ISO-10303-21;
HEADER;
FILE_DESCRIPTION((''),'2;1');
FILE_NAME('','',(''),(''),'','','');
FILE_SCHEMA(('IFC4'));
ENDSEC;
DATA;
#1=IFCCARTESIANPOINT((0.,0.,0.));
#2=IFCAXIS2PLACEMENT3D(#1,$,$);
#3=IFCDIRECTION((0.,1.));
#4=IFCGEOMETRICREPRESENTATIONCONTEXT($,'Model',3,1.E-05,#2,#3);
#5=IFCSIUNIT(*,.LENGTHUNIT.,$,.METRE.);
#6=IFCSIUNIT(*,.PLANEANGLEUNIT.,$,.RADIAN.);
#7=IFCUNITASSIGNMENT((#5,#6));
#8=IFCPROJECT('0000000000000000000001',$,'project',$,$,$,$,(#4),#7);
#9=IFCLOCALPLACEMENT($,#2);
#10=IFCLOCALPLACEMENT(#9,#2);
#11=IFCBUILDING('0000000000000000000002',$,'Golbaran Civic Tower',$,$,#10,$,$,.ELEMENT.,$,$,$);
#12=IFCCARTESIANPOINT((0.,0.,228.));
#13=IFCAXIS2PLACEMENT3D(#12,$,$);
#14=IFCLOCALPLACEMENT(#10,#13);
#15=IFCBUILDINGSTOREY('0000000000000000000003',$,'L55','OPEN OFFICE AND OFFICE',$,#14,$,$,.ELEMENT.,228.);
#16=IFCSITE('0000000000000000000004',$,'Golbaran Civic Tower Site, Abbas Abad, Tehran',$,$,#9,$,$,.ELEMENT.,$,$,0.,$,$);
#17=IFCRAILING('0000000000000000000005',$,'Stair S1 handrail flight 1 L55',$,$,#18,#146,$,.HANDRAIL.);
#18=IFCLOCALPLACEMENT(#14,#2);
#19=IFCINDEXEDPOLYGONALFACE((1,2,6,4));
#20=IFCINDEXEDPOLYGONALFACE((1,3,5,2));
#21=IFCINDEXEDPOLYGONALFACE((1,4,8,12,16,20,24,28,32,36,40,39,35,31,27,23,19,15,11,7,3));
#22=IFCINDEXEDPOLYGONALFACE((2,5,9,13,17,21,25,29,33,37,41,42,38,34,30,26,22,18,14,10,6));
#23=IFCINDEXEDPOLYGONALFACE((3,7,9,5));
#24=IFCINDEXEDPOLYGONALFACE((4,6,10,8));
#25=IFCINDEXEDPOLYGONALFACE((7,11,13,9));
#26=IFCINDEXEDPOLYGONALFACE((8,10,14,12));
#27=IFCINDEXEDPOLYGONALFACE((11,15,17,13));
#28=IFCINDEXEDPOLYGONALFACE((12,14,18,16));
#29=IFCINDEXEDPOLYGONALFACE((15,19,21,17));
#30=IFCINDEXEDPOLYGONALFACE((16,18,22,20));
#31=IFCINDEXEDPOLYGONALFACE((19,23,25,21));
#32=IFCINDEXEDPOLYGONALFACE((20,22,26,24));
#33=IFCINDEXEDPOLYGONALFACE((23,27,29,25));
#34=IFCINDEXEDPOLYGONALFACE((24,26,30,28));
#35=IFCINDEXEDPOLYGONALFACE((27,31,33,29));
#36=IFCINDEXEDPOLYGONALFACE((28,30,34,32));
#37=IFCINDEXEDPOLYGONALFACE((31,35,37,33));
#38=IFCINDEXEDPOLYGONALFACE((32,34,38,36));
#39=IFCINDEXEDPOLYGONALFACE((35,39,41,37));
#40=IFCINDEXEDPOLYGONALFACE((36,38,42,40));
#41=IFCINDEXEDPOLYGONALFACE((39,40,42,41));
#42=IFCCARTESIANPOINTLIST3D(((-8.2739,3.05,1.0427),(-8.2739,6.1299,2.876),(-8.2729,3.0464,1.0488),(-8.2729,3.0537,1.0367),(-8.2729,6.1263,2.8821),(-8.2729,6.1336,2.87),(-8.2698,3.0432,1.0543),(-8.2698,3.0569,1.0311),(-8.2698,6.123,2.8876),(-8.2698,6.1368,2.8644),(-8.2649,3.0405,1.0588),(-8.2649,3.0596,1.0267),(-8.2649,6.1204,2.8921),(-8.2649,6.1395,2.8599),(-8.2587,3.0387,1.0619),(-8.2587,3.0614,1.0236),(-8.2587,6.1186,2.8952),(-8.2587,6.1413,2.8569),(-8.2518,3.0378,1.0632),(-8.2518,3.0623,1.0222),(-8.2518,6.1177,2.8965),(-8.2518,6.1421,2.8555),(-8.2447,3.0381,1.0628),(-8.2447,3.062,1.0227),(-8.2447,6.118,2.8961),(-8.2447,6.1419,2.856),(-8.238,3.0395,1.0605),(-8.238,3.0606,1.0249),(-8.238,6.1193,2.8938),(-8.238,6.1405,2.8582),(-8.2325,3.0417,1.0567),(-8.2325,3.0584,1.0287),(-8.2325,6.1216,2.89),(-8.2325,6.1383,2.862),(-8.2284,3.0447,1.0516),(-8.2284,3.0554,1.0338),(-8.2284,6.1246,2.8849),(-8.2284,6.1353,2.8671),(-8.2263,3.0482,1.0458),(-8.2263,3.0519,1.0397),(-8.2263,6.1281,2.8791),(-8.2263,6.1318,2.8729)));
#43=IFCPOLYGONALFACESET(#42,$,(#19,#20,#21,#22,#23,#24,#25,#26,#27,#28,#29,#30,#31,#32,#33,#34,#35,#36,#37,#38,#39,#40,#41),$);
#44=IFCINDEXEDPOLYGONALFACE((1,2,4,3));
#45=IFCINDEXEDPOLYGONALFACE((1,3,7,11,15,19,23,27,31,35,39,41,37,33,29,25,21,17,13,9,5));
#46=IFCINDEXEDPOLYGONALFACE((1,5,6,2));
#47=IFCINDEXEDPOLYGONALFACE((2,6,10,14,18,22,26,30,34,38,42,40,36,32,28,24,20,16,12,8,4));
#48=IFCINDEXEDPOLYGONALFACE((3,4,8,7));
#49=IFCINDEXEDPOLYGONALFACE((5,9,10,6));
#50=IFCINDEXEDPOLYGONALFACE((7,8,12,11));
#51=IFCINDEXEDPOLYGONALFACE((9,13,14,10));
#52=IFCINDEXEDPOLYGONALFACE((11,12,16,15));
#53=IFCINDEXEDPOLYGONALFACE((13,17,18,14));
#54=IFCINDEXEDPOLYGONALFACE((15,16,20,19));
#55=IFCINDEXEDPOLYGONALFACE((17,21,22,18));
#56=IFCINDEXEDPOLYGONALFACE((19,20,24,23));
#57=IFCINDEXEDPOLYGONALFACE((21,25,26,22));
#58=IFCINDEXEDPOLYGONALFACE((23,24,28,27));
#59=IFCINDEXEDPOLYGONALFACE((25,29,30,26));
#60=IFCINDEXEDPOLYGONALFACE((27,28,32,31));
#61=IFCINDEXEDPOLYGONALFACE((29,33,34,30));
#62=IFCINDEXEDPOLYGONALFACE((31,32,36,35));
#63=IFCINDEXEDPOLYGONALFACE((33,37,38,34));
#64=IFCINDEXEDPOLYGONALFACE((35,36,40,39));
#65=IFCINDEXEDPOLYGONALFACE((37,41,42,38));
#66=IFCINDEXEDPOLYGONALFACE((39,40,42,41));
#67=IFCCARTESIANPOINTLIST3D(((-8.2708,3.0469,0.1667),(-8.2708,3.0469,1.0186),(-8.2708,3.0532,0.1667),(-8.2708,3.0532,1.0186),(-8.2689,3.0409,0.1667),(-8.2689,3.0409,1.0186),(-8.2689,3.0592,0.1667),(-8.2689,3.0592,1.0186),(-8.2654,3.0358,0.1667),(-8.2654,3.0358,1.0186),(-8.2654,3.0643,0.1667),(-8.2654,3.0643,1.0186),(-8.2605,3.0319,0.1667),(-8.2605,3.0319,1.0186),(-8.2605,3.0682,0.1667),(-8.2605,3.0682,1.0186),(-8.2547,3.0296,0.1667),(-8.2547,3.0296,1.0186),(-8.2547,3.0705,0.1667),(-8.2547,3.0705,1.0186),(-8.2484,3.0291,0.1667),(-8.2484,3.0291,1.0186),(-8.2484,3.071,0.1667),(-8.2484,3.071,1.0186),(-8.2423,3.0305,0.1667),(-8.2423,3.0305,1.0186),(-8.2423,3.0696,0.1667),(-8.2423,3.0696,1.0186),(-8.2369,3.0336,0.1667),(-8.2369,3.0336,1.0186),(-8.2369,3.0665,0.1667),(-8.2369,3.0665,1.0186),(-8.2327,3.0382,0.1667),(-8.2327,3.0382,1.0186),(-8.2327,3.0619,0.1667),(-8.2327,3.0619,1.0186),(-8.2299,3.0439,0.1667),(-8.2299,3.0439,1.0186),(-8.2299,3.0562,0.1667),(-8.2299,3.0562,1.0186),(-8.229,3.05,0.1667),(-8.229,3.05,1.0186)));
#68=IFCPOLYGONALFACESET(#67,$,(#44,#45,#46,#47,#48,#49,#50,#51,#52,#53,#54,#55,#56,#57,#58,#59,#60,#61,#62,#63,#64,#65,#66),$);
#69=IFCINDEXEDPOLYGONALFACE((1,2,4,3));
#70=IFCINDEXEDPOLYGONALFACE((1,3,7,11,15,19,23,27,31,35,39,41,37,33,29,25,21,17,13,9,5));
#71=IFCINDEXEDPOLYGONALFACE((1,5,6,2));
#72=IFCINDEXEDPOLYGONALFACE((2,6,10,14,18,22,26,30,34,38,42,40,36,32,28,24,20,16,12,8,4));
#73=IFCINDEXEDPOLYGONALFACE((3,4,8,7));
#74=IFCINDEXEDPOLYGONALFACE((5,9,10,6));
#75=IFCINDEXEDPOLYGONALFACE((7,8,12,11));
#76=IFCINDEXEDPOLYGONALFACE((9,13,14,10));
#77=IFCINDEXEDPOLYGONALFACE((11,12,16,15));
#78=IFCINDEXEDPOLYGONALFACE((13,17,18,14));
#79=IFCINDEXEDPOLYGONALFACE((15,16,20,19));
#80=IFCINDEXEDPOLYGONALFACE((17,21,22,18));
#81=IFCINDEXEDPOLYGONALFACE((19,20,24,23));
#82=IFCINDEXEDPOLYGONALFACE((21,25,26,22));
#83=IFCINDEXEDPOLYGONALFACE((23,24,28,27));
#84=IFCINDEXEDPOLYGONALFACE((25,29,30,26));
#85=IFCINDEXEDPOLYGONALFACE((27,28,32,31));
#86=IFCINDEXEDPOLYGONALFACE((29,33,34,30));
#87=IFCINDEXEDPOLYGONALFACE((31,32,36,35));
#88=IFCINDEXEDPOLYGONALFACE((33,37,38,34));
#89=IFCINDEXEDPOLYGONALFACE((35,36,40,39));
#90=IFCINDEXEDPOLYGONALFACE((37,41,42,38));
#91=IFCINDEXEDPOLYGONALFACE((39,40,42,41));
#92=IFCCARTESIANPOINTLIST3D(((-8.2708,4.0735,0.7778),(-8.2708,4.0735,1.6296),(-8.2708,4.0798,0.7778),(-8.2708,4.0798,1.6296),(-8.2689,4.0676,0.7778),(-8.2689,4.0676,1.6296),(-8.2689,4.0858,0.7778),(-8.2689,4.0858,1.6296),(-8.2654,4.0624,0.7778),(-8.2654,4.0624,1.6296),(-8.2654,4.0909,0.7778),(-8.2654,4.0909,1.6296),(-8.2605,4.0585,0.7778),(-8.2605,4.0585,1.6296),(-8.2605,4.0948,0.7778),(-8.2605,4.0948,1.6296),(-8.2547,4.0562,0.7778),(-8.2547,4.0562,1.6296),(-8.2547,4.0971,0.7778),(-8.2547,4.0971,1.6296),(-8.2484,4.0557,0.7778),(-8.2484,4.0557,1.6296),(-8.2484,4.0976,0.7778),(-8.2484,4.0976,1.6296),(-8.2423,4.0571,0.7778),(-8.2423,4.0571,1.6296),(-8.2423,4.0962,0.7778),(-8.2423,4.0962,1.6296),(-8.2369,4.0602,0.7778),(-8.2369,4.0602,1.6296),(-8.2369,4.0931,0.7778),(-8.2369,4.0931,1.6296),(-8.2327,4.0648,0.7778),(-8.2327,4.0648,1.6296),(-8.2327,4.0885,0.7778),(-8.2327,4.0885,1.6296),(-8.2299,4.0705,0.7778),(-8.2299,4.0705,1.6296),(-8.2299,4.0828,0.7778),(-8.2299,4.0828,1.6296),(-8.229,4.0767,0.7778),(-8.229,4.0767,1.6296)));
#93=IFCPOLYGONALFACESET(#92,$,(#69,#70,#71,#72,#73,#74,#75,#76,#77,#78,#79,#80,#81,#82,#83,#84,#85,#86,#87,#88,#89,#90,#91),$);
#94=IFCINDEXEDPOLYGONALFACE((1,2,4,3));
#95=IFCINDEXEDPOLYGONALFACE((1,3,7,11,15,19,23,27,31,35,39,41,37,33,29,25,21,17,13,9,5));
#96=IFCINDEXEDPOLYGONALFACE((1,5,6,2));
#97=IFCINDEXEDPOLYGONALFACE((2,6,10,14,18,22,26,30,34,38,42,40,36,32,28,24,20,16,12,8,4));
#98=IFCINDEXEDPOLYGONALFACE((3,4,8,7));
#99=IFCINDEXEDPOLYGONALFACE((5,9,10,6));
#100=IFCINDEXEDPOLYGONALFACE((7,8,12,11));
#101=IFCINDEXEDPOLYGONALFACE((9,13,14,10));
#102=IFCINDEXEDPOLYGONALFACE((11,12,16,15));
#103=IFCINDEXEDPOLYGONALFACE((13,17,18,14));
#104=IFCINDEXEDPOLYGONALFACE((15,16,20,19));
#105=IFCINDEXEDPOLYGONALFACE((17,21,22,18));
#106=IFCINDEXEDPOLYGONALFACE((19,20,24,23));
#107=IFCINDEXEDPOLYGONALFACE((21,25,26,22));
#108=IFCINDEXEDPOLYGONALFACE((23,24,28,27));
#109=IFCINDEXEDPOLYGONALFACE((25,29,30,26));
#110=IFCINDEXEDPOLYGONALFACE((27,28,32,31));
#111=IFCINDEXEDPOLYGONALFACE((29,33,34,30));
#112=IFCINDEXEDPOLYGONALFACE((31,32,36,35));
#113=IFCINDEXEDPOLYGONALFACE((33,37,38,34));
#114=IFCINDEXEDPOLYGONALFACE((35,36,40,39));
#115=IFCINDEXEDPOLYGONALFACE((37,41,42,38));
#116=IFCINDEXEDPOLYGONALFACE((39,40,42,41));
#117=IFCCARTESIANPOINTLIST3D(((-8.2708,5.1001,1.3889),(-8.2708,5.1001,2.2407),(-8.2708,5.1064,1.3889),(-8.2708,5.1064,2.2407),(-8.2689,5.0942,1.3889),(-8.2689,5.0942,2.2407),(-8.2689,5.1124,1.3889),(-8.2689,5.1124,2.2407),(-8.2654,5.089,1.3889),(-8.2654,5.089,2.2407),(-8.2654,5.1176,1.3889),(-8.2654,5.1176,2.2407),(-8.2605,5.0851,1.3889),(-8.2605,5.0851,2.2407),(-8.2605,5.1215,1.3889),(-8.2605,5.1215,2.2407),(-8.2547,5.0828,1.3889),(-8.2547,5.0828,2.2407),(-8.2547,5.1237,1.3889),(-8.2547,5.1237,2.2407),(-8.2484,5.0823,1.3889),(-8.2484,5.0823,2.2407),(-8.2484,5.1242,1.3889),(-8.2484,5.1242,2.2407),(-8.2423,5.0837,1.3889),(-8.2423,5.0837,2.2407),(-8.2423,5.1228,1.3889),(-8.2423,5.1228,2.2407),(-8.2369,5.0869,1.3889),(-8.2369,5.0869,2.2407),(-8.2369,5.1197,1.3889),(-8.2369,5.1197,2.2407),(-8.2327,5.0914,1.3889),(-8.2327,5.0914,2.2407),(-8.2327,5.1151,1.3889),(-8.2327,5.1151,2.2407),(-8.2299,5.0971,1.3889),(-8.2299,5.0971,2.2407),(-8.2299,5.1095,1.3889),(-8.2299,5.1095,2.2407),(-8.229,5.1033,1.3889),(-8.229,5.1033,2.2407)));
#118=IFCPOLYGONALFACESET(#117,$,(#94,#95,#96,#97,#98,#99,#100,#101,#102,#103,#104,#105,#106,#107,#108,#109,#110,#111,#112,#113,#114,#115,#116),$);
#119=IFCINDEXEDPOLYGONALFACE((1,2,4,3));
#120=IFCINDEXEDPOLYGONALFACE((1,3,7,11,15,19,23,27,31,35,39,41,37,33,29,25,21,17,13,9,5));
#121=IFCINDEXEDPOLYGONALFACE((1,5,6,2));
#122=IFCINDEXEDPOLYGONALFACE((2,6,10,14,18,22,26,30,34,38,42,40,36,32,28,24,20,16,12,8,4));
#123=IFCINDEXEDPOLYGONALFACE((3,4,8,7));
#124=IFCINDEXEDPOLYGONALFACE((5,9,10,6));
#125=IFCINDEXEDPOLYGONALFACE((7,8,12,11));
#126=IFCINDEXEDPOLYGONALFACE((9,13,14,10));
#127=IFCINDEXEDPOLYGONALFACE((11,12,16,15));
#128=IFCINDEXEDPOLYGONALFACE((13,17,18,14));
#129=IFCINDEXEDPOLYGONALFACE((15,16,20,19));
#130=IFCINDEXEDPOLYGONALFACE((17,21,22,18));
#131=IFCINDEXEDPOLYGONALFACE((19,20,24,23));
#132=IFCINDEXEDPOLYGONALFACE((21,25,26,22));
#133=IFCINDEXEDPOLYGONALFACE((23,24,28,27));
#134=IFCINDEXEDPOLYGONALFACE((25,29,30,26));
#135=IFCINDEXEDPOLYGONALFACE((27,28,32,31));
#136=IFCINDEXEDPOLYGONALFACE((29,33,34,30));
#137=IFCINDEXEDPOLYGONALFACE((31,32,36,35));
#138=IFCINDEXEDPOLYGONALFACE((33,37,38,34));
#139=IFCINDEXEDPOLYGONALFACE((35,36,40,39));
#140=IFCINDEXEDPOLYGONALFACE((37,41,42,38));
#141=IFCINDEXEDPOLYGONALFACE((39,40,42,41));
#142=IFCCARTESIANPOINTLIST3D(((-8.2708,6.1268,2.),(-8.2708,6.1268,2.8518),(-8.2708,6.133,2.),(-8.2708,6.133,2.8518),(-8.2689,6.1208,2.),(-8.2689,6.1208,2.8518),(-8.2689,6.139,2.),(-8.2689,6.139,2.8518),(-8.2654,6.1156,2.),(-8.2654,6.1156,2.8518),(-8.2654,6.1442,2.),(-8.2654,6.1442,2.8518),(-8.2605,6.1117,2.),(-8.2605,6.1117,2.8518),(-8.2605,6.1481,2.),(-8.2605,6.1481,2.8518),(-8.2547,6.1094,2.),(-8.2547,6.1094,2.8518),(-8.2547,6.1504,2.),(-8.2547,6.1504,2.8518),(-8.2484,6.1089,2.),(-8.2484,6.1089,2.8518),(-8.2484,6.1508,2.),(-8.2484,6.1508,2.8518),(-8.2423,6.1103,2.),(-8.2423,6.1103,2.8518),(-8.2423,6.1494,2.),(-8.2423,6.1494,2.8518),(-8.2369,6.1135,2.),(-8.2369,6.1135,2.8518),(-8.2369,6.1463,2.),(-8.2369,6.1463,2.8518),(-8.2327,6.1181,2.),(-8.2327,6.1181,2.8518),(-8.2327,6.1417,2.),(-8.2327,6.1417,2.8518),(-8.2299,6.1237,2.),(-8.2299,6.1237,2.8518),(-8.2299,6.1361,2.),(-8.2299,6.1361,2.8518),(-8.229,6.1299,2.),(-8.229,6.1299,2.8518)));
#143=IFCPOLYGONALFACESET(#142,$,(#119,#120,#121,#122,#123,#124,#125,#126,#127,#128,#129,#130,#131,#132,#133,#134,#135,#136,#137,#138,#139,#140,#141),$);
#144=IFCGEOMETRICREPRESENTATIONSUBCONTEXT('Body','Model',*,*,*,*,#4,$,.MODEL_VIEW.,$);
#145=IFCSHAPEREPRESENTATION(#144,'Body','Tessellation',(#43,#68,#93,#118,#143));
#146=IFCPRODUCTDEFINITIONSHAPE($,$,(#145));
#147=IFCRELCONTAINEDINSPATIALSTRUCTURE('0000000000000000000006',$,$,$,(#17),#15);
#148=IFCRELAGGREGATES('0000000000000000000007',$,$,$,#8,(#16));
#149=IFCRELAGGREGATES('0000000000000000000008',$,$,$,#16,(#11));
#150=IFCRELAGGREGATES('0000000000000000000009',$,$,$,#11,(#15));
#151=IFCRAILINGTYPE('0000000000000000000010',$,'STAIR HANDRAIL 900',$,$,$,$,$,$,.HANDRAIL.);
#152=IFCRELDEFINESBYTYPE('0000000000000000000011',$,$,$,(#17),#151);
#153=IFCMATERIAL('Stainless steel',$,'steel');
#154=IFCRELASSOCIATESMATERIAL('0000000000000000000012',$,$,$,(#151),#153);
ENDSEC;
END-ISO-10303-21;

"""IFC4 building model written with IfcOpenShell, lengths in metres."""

from ifc_helpers import new_model, si_unit, direction, frame, origin, origin_2d, place, context, subcontext, project, spatial, circle, extrude, material, type_object, element, save


model = new_model("IFC4")

# Units and contexts
model_context = context("Model", 3, precision=1e-05, world=origin(), true_north=direction((0.0, 1.0)))
body_context = subcontext(model_context, "Body", "Model", "MODEL_VIEW")
ifc_project = project(units=[si_unit("LENGTHUNIT", "METRE"), si_unit("PLANEANGLEUNIT", "RADIAN")], contexts=[model_context])

# Site, building, storey
site_placement = place(None, origin())
site = spatial("IfcSite", under=ifc_project, at=site_placement, Name="Golbaran Civic Tower Site, Abbas Abad, Tehran", CompositionType="ELEMENT", RefElevation=0.0)
building_placement = place(site_placement, origin())
building = spatial("IfcBuilding", under=site, at=building_placement, Name="Golbaran Civic Tower", CompositionType="ELEMENT")
storey_placement = place(building_placement, frame((0.0, 0.0, 228.0)))
storey = spatial("IfcBuildingStorey", under=building, at=storey_placement, Name="L55", Description="OPEN OFFICE AND OFFICE", CompositionType="ELEMENT", Elevation=228.0)

# Shared definitions
ifc_material_1 = material(Name="Stainless steel", Category="steel")

# Railing
railing_type = type_object("IfcRailingType", Name="STAIR HANDRAIL 900", PredefinedType="HANDRAIL", material=ifc_material_1)
railing_1_placement = place(storey_placement, frame((-8.25, 3.05, 0.1667)))
element("IfcRailing", 1, at=railing_1_placement, inside=storey, type_object=railing_type, Name="Stair S1 handrail flight 1 L55", PredefinedType="HANDRAIL", context=body_context, shape_type="SweptSolid", body=[
    extrude(circle(Radius=0.0239, at=origin_2d()), frame((0.0, 0.0, 0.876), z_axis=(0.0, 0.859291, 0.511487), x_axis=(-1.0, 0.0, 0.0)), (0.0, 0.0, 1.0), 3.5842),
    extrude(circle(Radius=0.021, at=origin_2d()), origin(), (0.0, 0.0, 1.0), 0.8518),
    extrude(circle(Radius=0.021, at=origin_2d()), frame((0.0, 1.0266, 0.6111)), (0.0, 0.0, 1.0), 0.8518),
    extrude(circle(Radius=0.021, at=origin_2d()), frame((0.0, 2.0532, 1.2222)), (0.0, 0.0, 1.0), 0.8518),
    extrude(circle(Radius=0.021, at=origin_2d()), frame((0.0, 3.0798, 1.8333)), (0.0, 0.0, 1.0), 0.8518),
])

save(model, "model.ifc")
